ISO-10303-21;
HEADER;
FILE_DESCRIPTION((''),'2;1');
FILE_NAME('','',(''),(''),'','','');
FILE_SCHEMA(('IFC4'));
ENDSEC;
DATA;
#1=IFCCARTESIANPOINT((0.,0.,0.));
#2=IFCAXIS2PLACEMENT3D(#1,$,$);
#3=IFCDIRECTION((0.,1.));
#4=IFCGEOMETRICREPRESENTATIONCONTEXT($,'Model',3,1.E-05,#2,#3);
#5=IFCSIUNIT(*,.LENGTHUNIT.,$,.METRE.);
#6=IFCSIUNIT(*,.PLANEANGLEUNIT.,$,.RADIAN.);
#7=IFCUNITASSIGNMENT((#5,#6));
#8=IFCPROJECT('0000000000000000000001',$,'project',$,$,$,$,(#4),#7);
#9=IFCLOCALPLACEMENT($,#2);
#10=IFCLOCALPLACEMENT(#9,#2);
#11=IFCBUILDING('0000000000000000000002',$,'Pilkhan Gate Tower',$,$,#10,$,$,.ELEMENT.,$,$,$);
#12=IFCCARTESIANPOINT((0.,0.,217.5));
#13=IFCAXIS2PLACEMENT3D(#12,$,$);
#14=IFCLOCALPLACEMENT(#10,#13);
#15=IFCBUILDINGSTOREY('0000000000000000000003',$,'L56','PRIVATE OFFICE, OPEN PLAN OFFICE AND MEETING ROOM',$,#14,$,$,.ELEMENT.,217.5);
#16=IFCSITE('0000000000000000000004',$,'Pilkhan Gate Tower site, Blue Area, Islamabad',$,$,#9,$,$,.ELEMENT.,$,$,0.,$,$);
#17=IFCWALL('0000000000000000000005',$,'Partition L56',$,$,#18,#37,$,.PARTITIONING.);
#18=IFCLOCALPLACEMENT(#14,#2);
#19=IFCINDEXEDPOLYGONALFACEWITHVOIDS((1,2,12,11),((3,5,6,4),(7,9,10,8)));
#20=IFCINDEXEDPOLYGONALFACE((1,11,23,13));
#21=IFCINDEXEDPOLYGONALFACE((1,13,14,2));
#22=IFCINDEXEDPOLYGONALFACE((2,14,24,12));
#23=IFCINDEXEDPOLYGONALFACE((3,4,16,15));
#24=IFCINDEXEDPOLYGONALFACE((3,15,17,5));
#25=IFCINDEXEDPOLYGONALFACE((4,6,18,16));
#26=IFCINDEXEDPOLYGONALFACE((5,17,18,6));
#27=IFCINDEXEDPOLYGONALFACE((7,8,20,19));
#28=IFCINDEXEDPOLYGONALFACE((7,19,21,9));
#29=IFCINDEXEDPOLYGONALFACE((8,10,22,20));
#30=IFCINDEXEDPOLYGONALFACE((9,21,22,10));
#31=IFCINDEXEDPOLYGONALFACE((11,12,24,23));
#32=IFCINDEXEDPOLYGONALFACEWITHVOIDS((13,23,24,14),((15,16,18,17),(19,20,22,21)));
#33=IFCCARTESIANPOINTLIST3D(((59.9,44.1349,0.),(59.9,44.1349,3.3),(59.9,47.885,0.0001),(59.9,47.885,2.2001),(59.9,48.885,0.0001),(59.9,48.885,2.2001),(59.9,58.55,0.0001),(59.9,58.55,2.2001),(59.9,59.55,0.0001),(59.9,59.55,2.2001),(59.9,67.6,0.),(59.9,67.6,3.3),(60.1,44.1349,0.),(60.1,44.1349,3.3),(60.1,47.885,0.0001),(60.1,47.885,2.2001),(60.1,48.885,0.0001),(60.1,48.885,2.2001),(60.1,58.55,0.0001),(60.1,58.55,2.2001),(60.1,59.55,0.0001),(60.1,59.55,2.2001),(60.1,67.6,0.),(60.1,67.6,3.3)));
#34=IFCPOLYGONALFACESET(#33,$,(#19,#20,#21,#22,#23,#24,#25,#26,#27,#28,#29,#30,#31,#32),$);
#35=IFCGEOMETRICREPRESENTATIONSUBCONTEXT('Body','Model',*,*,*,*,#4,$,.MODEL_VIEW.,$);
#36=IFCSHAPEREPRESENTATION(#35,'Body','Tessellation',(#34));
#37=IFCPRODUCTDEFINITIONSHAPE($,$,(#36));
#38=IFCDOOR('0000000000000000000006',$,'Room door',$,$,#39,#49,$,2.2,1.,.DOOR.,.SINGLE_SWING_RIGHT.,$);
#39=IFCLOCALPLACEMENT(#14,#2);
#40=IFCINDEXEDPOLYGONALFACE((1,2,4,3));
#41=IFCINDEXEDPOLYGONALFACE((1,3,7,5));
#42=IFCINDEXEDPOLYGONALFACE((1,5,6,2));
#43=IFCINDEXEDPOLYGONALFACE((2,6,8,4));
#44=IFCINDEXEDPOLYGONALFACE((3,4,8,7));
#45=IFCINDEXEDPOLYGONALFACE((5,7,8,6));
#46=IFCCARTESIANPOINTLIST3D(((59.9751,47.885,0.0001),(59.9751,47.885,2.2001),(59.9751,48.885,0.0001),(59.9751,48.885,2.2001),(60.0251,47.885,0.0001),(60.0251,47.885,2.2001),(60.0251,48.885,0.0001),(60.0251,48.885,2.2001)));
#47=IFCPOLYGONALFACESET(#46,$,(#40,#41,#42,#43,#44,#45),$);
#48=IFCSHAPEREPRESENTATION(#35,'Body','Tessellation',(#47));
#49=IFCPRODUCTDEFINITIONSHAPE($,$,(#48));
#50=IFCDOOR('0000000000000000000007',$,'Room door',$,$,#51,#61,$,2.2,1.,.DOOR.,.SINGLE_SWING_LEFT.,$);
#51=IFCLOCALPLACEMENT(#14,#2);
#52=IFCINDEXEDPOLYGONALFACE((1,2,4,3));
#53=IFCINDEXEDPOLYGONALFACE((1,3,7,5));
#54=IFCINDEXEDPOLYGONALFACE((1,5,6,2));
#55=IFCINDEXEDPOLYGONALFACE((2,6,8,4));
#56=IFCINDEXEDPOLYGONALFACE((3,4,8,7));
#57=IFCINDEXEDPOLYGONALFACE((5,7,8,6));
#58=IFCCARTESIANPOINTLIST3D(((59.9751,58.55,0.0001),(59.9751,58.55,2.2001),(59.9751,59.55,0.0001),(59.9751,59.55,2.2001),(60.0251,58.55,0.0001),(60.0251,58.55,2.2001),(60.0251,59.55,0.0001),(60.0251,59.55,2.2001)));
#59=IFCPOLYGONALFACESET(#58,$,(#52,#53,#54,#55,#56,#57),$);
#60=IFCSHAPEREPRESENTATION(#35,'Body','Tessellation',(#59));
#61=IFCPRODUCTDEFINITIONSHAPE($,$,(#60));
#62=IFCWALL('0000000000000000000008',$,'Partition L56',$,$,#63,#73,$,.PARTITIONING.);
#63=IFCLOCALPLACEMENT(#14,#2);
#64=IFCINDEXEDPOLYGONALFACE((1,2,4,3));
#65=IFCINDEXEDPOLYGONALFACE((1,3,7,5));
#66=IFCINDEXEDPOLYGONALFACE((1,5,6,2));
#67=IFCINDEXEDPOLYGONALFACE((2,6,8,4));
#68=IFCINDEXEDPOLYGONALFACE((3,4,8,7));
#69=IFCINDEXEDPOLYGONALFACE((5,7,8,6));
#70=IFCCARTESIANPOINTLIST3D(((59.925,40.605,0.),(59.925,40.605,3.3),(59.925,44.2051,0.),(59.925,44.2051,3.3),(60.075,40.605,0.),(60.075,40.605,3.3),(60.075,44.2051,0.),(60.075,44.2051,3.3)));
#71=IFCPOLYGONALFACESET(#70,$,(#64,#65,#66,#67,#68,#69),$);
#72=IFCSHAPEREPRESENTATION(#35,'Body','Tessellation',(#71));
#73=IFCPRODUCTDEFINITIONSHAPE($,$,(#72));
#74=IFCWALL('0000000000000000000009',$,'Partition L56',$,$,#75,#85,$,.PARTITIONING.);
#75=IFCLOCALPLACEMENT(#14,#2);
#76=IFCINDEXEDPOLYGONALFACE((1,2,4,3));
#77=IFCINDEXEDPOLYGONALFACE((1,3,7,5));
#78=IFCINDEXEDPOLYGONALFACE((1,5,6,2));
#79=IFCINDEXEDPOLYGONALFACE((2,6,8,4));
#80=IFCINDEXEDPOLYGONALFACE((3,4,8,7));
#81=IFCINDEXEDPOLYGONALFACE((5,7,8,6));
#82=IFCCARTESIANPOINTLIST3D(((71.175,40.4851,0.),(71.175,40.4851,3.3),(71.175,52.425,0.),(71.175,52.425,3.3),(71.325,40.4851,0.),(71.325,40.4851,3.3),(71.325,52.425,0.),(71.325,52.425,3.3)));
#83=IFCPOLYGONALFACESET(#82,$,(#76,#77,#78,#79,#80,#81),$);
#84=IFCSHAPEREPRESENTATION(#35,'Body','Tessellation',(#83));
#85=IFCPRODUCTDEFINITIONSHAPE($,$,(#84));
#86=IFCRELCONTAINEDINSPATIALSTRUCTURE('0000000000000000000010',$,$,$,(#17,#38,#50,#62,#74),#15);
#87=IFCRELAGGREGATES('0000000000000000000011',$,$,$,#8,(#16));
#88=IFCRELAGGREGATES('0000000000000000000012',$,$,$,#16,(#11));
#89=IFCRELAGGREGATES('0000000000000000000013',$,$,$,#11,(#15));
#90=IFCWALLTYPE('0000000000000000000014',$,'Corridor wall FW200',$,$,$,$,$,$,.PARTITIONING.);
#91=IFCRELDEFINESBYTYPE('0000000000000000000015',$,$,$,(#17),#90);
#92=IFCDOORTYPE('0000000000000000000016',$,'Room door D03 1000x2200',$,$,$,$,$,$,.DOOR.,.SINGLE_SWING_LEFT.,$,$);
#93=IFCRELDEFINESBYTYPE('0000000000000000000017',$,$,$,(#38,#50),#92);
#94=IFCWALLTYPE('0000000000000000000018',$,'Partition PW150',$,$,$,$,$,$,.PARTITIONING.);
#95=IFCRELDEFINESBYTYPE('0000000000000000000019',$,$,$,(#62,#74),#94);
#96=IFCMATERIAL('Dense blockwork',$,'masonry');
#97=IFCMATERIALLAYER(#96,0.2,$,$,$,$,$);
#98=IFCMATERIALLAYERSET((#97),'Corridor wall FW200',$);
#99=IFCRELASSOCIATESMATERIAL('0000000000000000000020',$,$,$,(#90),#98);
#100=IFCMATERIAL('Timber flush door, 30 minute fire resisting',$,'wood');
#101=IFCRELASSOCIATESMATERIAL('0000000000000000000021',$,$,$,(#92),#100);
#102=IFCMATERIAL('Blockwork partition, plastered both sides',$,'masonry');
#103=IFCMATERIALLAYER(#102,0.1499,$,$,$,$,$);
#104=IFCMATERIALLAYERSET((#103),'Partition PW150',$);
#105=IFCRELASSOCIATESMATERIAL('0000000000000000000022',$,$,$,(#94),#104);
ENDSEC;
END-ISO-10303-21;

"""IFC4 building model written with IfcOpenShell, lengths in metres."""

from ifc_helpers import new_model, si_unit, direction, frame, frame_2d, origin, place, context, subcontext, project, spatial, rectangle, extrude, material, layer, layer_set, type_object, element, fill, save


model = new_model("IFC4")

# Units and contexts
model_context = context("Model", 3, precision=1e-05, world=origin(), true_north=direction((0.0, 1.0)))
body_context = subcontext(model_context, "Body", "Model", "MODEL_VIEW")
ifc_project = project(units=[si_unit("LENGTHUNIT", "METRE"), si_unit("PLANEANGLEUNIT", "RADIAN")], contexts=[model_context])

# Site, building, storey
site_placement = place(None, origin())
site = spatial("IfcSite", under=ifc_project, at=site_placement, Name="Pilkhan Gate Tower site, Blue Area, Islamabad", CompositionType="ELEMENT", RefElevation=0.0)
building_placement = place(site_placement, origin())
building = spatial("IfcBuilding", under=site, at=building_placement, Name="Pilkhan Gate Tower", CompositionType="ELEMENT")
storey_placement = place(building_placement, frame((0.0, 0.0, 217.5)))
storey = spatial("IfcBuildingStorey", under=building, at=storey_placement, Name="L56", Description="PRIVATE OFFICE, OPEN PLAN OFFICE AND MEETING ROOM", CompositionType="ELEMENT", Elevation=217.5)

# Shared definitions
ifc_material_1 = material(Name="Dense blockwork", Category="masonry")
ifc_layer_1 = layer(ifc_material_1, 0.2)
ifc_layer_set_1 = layer_set([ifc_layer_1], Name="Corridor wall FW200")
wall_type_1 = type_object("IfcWallType", Name="Corridor wall FW200", PredefinedType="PARTITIONING", material=ifc_layer_set_1)

# Wall, openings, doors
wall_1_placement = place(storey_placement, frame((60.0, 44.135, 0.0), z_axis=(0.0, 0.0, 1.0), x_axis=(0.0, 1.0, 0.0)))
wall_1 = element("IfcWall", 1, at=wall_1_placement, inside=storey, type_object=wall_type_1, Name="Partition L56", PredefinedType="PARTITIONING", context=body_context, shape_type="SweptSolid", body=[
    extrude(rectangle(XDim=23.4651, YDim=0.2, at=frame_2d((11.7324, 0.0))), origin(), (0.0, 0.0, 1.0), 3.3),
])
opening_1_placement = place(wall_1_placement, frame((3.75, 0.0, 0.0)))
opening_1 = element("IfcOpeningElement", 2, at=opening_1_placement, cuts=wall_1, PredefinedType="OPENING", context=body_context, shape_type="SweptSolid", body=[
    extrude(rectangle(XDim=1.0, YDim=2.2, at=frame_2d((0.5, 1.1001))), frame((0.0, 0.1099, 0.0), z_axis=(0.0, -1.0, 0.0), x_axis=(1.0, 0.0, 0.0)), (0.0, 0.0, 1.0), 0.22),
])
opening_2_placement = place(wall_1_placement, frame((14.415, 0.0, 0.0)))
opening_2 = element("IfcOpeningElement", 3, at=opening_2_placement, cuts=wall_1, PredefinedType="OPENING", context=body_context, shape_type="SweptSolid", body=[
    extrude(rectangle(XDim=1.0, YDim=2.2, at=frame_2d((0.5, 1.1001))), frame((0.0, 0.1099, 0.0), z_axis=(0.0, -1.0, 0.0), x_axis=(1.0, 0.0, 0.0)), (0.0, 0.0, 1.0), 0.22),
])
ifc_material_2 = material(Name="Timber flush door, 30 minute fire resisting", Category="wood")
door_type = type_object("IfcDoorType", Name="Room door D03 1000x2200", OperationType="SINGLE_SWING_LEFT", PredefinedType="DOOR", material=ifc_material_2)
door_1_placement = place(opening_1_placement, origin())
door_1 = element("IfcDoor", 4, at=door_1_placement, inside=storey, type_object=door_type, Name="Room door", OperationType="SINGLE_SWING_RIGHT", OverallHeight=2.2, OverallWidth=1.0, PredefinedType="DOOR", context=body_context, shape_type="SweptSolid", body=[
    extrude(rectangle(XDim=1.0, YDim=2.2, at=frame_2d((0.5, 1.1001))), frame((0.0, 0.0249, 0.0), z_axis=(0.0, -1.0, 0.0), x_axis=(1.0, 0.0, 0.0)), (0.0, 0.0, 1.0), 0.05),
])
fill(opening_1, door_1)
door_2_placement = place(opening_2_placement, origin())
door_2 = element("IfcDoor", 5, at=door_2_placement, inside=storey, type_object=door_type, Name="Room door", OperationType="SINGLE_SWING_LEFT", OverallHeight=2.2, OverallWidth=1.0, PredefinedType="DOOR", context=body_context, shape_type="SweptSolid", body=[
    extrude(rectangle(XDim=1.0, YDim=2.2, at=frame_2d((0.5, 1.1001))), frame((0.0, 0.0249, 0.0), z_axis=(0.0, -1.0, 0.0), x_axis=(1.0, 0.0, 0.0)), (0.0, 0.0, 1.0), 0.05),
])
fill(opening_2, door_2)

# Walls
ifc_material_3 = material(Name="Blockwork partition, plastered both sides", Category="masonry")
ifc_layer_2 = layer(ifc_material_3, 0.1499)
ifc_layer_set_2 = layer_set([ifc_layer_2], Name="Partition PW150")
wall_type_2 = type_object("IfcWallType", Name="Partition PW150", PredefinedType="PARTITIONING", material=ifc_layer_set_2)
wall_2_placement = place(storey_placement, frame((60.0, 40.605, 0.0), z_axis=(0.0, 0.0, 1.0), x_axis=(0.0, 1.0, 0.0)))
element("IfcWall", 6, at=wall_2_placement, inside=storey, type_object=wall_type_2, Name="Partition L56", PredefinedType="PARTITIONING", context=body_context, shape_type="SweptSolid", body=[
    extrude(rectangle(XDim=3.6001, YDim=0.1499, at=frame_2d((1.8, 0.0))), origin(), (0.0, 0.0, 1.0), 3.3),
])
wall_3_placement = place(storey_placement, frame((71.25, 40.4851, 0.0), z_axis=(0.0, 0.0, 1.0), x_axis=(0.0, 1.0, 0.0)))
element("IfcWall", 7, at=wall_3_placement, inside=storey, type_object=wall_type_2, Name="Partition L56", PredefinedType="PARTITIONING", context=body_context, shape_type="SweptSolid", body=[
    extrude(rectangle(XDim=11.9399, YDim=0.1499, at=frame_2d((5.97, 0.0))), origin(), (0.0, 0.0, 1.0), 3.3),
])

save(model, "model.ifc")
